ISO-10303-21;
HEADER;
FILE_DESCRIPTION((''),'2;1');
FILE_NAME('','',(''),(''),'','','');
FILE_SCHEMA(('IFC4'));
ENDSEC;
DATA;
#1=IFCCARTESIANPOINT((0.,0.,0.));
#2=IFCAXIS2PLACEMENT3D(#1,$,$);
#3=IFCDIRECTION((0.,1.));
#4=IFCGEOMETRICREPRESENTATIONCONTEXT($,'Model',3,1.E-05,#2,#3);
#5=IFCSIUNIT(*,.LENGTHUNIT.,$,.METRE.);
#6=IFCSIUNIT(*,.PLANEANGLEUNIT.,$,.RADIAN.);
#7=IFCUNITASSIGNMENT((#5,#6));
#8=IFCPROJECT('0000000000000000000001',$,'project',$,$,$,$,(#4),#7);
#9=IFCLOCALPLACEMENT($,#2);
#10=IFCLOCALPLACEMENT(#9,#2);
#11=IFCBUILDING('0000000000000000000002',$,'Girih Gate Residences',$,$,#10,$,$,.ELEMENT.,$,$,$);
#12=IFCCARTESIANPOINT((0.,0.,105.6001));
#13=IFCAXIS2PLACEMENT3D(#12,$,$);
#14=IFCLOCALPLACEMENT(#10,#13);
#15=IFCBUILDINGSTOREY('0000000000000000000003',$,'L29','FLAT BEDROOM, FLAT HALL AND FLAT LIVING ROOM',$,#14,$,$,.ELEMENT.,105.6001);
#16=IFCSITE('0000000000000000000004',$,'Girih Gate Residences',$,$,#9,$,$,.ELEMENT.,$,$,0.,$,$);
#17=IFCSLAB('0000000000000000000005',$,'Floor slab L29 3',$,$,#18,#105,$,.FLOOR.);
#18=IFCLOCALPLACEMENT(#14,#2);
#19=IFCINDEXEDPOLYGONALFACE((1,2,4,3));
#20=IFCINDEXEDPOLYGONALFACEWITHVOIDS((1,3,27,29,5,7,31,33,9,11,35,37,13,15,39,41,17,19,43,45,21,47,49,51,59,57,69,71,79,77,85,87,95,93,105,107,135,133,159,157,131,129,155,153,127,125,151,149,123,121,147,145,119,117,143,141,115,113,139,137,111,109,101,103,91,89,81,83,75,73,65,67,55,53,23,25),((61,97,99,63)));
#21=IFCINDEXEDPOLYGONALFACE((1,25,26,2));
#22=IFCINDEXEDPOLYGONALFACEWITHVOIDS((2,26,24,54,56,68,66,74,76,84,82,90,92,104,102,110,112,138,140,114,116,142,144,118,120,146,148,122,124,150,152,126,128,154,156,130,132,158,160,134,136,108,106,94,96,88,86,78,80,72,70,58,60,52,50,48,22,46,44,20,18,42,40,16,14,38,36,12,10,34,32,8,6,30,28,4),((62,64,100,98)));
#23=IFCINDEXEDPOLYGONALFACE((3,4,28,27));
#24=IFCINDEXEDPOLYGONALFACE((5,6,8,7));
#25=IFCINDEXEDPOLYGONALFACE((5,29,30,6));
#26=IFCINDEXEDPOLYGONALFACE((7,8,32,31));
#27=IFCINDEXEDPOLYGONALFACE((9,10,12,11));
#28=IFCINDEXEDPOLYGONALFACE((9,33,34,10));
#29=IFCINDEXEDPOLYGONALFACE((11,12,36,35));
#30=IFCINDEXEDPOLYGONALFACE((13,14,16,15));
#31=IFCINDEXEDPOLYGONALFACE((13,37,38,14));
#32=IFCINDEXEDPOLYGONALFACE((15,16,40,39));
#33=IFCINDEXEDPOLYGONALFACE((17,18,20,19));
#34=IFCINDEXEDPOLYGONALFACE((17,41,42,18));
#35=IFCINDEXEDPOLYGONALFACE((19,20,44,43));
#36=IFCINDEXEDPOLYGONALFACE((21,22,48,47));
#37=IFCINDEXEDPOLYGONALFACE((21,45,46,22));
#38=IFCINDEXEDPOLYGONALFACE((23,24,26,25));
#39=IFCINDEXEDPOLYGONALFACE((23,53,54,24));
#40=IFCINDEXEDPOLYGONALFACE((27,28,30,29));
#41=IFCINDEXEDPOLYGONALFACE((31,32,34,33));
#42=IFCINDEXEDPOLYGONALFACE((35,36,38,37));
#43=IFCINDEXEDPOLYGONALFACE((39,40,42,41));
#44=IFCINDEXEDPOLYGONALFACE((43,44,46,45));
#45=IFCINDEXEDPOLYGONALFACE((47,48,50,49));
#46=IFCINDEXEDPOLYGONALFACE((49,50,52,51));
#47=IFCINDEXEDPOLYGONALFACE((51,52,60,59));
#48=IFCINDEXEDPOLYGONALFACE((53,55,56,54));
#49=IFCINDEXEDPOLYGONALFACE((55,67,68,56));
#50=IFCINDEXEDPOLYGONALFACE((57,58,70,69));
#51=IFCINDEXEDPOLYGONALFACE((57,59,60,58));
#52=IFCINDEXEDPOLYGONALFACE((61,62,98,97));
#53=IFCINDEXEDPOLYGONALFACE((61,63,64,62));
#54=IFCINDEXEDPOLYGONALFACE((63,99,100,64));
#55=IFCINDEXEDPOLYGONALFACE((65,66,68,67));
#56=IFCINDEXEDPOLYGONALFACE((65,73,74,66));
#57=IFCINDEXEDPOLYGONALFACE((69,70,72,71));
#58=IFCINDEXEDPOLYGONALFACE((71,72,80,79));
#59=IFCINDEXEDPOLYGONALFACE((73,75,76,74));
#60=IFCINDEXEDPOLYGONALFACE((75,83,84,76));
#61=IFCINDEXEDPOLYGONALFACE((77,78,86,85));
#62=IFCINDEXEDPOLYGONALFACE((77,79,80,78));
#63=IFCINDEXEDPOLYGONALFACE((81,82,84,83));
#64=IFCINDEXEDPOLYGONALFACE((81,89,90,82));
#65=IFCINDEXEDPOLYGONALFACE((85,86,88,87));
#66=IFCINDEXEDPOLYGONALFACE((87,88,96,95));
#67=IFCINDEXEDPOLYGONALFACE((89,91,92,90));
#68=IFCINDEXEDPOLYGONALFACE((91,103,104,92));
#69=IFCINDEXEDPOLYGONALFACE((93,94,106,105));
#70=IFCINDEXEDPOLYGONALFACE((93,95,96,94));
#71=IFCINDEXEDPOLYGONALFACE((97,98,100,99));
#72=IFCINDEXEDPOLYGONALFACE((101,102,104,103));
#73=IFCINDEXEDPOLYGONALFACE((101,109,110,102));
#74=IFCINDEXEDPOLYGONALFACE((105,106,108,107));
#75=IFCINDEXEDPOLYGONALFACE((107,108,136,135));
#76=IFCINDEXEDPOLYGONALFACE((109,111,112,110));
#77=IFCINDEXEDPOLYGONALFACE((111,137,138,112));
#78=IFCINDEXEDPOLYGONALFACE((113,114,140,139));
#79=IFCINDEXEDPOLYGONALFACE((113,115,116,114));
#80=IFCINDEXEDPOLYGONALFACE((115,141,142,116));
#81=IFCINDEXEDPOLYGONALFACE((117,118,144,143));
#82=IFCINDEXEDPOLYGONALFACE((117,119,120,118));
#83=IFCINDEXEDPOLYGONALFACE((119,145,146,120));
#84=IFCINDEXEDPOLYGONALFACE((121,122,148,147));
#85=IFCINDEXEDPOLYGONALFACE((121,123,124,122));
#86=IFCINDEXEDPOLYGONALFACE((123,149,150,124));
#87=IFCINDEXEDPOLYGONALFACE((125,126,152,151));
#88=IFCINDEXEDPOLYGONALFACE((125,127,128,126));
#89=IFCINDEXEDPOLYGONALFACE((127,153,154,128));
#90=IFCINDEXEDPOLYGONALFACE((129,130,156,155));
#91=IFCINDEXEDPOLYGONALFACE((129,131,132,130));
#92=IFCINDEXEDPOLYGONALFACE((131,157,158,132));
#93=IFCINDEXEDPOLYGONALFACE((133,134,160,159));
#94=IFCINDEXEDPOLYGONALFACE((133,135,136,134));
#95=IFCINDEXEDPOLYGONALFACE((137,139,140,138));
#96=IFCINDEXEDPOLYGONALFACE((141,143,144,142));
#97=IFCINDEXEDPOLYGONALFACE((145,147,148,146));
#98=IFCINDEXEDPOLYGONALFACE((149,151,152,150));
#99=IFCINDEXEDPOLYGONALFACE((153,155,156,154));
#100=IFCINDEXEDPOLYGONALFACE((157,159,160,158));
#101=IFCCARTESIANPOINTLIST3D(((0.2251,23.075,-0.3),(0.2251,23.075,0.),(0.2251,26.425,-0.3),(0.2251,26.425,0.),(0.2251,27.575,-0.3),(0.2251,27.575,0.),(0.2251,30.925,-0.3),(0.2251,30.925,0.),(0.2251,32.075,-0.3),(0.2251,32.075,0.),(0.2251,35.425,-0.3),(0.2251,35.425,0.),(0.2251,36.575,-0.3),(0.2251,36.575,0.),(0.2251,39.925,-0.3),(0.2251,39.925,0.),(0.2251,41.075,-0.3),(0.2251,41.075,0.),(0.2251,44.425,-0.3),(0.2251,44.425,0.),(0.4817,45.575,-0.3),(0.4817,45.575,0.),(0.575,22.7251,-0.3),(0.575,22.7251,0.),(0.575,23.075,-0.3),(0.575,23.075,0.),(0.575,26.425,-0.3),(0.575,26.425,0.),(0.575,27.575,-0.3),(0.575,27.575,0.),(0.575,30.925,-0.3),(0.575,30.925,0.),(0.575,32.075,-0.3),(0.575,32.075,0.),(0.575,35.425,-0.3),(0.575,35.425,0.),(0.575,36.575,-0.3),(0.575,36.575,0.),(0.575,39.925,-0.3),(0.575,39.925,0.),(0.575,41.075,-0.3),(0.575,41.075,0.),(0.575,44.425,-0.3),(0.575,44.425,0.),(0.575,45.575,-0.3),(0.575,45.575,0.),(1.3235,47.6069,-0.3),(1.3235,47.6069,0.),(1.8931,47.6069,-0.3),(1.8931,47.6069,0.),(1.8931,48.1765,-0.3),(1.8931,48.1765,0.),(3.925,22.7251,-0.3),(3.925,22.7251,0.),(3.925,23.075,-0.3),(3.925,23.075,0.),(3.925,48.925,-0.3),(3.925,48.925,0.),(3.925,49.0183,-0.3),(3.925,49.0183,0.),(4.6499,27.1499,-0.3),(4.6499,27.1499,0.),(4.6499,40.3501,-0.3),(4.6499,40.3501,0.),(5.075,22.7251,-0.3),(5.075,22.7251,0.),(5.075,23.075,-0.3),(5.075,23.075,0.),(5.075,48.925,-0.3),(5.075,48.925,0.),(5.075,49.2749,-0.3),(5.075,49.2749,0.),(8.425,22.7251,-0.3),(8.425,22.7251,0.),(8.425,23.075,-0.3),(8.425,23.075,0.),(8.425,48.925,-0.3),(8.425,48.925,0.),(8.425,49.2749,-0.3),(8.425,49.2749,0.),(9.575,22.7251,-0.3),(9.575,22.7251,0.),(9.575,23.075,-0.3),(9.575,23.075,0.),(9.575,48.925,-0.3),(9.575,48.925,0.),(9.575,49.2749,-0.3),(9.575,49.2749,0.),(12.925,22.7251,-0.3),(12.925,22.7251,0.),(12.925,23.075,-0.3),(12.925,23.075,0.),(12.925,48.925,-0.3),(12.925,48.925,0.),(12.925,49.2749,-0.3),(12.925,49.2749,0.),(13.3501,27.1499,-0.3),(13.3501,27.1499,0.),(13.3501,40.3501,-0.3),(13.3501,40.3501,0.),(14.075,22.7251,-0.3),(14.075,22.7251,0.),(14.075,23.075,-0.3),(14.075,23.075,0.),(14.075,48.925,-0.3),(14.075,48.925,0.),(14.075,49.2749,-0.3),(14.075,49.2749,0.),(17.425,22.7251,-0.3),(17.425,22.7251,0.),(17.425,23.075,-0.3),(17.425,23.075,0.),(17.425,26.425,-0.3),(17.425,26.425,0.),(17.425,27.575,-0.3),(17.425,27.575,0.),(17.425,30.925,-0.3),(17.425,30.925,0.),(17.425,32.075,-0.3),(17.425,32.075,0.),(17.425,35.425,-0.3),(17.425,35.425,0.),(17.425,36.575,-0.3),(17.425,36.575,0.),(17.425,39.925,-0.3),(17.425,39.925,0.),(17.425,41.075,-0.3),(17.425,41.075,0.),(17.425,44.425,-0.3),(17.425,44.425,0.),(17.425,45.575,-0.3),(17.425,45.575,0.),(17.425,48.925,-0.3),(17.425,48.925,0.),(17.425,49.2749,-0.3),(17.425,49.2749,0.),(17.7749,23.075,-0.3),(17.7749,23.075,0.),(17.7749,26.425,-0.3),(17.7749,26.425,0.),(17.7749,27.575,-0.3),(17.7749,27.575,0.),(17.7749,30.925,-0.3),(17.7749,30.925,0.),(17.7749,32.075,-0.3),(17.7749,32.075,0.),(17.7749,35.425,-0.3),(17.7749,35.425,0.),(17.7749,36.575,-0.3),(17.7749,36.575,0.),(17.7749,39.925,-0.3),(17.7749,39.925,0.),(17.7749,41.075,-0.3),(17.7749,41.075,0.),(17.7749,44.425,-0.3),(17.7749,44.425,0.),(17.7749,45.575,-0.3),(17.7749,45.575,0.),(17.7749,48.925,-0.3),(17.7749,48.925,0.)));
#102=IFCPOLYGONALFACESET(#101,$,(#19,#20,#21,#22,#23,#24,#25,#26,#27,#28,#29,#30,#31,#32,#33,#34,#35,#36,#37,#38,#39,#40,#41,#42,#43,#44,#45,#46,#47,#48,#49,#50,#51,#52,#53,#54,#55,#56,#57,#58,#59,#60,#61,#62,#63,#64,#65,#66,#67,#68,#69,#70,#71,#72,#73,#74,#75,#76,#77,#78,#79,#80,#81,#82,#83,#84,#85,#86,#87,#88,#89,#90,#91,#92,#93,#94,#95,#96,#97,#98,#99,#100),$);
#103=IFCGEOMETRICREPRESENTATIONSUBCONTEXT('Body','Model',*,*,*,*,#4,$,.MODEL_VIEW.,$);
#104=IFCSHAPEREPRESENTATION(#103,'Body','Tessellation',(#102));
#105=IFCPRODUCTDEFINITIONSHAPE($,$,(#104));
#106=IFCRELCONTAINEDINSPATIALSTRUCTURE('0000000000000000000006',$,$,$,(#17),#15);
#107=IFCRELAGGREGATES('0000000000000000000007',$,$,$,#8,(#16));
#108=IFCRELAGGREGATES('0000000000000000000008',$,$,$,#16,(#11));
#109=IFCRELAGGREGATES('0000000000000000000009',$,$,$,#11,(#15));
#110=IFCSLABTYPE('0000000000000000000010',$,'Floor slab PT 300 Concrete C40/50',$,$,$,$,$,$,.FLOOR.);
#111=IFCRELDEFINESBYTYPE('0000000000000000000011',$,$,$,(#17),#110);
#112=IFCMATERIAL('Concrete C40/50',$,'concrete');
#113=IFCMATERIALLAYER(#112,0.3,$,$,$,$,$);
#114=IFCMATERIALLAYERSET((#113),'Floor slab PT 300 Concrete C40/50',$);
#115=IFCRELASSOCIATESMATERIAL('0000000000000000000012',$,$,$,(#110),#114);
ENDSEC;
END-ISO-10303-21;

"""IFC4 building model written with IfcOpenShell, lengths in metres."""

from ifc_helpers import new_model, si_unit, direction, frame, origin, place, context, subcontext, project, spatial, polyline, outline, extrude, material, layer, layer_set, type_object, element, save


model = new_model("IFC4")

# Units and contexts
model_context = context("Model", 3, precision=1e-05, world=origin(), true_north=direction((0.0, 1.0)))
body_context = subcontext(model_context, "Body", "Model", "MODEL_VIEW")
ifc_project = project(units=[si_unit("LENGTHUNIT", "METRE"), si_unit("PLANEANGLEUNIT", "RADIAN")], contexts=[model_context])

# Site, building, storey
site_placement = place(None, origin())
site = spatial("IfcSite", under=ifc_project, at=site_placement, Name="Girih Gate Residences", CompositionType="ELEMENT", RefElevation=0.0)
building_placement = place(site_placement, origin())
building = spatial("IfcBuilding", under=site, at=building_placement, Name="Girih Gate Residences", CompositionType="ELEMENT")
storey_placement = place(building_placement, frame((0.0, 0.0, 105.6001)))
storey = spatial("IfcBuildingStorey", under=building, at=storey_placement, Name="L29", Description="FLAT BEDROOM, FLAT HALL AND FLAT LIVING ROOM", CompositionType="ELEMENT", Elevation=105.6001)

# Slab
ifc_material_1 = material(Name="Concrete C40/50", Category="concrete")
ifc_layer_1 = layer(ifc_material_1, 0.3)
ifc_layer_set_1 = layer_set([ifc_layer_1], Name="Floor slab PT 300 Concrete C40/50")
slab_type_1 = type_object("IfcSlabType", Name="Floor slab PT 300 Concrete C40/50", PredefinedType="FLOOR", material=ifc_layer_set_1)
slab_1_placement = place(storey_placement, frame((0.0, 0.0, -0.3)))
element("IfcSlab", 1, at=slab_1_placement, inside=storey, type_object=slab_type_1, Name="Floor slab L29 3", PredefinedType="FLOOR", context=body_context, shape_type="SweptSolid", body=[
    extrude(outline(polyline([(0.2251, 26.425), (0.2251, 23.075), (0.575, 23.075), (0.575, 22.7251), (3.925, 22.7251), (3.925, 23.075), (5.075, 23.075), (5.075, 22.7251), (8.425, 22.7251), (8.425, 23.075), (9.575, 23.075), (9.575, 22.7251), (12.925, 22.7251), (12.925, 23.075), (14.075, 23.075), (14.075, 22.7251), (17.425, 22.7251), (17.425, 23.075), (17.7749, 23.075), (17.7749, 26.425), (17.425, 26.425), (17.425, 27.575), (17.7749, 27.575), (17.7749, 30.925), (17.425, 30.925), (17.425, 32.075), (17.7749, 32.075), (17.7749, 35.425), (17.425, 35.425), (17.425, 36.575), (17.7749, 36.575), (17.7749, 39.925), (17.425, 39.925), (17.425, 41.075), (17.7749, 41.075), (17.7749, 44.425), (17.425, 44.425), (17.425, 45.575), (17.7749, 45.575), (17.7749, 48.925), (17.425, 48.925), (17.425, 49.2749), (14.075, 49.2749), (14.075, 48.925), (12.925, 48.925), (12.925, 49.2749), (9.575, 49.2749), (9.575, 48.925), (8.425, 48.925), (8.425, 49.2749), (5.075, 49.2749), (5.075, 48.925), (3.925, 48.925), (3.925, 49.0183), (1.8931, 48.1765), (1.8931, 47.6069), (1.3235, 47.6069), (0.4817, 45.575), (0.575, 45.575), (0.575, 44.425), (0.2251, 44.425), (0.2251, 41.075), (0.575, 41.075), (0.575, 39.925), (0.2251, 39.925), (0.2251, 36.575), (0.575, 36.575), (0.575, 35.425), (0.2251, 35.425), (0.2251, 32.075), (0.575, 32.075), (0.575, 30.925), (0.2251, 30.925), (0.2251, 27.575), (0.575, 27.575), (0.575, 26.425), (0.2251, 26.425)]), holes=[polyline([(13.3501, 40.3501), (13.3501, 27.1499), (4.6499, 27.1499), (4.6499, 40.3501), (13.3501, 40.3501)])]), origin(), (0.0, 0.0, 1.0), 0.3),
])

save(model, "model.ifc")
